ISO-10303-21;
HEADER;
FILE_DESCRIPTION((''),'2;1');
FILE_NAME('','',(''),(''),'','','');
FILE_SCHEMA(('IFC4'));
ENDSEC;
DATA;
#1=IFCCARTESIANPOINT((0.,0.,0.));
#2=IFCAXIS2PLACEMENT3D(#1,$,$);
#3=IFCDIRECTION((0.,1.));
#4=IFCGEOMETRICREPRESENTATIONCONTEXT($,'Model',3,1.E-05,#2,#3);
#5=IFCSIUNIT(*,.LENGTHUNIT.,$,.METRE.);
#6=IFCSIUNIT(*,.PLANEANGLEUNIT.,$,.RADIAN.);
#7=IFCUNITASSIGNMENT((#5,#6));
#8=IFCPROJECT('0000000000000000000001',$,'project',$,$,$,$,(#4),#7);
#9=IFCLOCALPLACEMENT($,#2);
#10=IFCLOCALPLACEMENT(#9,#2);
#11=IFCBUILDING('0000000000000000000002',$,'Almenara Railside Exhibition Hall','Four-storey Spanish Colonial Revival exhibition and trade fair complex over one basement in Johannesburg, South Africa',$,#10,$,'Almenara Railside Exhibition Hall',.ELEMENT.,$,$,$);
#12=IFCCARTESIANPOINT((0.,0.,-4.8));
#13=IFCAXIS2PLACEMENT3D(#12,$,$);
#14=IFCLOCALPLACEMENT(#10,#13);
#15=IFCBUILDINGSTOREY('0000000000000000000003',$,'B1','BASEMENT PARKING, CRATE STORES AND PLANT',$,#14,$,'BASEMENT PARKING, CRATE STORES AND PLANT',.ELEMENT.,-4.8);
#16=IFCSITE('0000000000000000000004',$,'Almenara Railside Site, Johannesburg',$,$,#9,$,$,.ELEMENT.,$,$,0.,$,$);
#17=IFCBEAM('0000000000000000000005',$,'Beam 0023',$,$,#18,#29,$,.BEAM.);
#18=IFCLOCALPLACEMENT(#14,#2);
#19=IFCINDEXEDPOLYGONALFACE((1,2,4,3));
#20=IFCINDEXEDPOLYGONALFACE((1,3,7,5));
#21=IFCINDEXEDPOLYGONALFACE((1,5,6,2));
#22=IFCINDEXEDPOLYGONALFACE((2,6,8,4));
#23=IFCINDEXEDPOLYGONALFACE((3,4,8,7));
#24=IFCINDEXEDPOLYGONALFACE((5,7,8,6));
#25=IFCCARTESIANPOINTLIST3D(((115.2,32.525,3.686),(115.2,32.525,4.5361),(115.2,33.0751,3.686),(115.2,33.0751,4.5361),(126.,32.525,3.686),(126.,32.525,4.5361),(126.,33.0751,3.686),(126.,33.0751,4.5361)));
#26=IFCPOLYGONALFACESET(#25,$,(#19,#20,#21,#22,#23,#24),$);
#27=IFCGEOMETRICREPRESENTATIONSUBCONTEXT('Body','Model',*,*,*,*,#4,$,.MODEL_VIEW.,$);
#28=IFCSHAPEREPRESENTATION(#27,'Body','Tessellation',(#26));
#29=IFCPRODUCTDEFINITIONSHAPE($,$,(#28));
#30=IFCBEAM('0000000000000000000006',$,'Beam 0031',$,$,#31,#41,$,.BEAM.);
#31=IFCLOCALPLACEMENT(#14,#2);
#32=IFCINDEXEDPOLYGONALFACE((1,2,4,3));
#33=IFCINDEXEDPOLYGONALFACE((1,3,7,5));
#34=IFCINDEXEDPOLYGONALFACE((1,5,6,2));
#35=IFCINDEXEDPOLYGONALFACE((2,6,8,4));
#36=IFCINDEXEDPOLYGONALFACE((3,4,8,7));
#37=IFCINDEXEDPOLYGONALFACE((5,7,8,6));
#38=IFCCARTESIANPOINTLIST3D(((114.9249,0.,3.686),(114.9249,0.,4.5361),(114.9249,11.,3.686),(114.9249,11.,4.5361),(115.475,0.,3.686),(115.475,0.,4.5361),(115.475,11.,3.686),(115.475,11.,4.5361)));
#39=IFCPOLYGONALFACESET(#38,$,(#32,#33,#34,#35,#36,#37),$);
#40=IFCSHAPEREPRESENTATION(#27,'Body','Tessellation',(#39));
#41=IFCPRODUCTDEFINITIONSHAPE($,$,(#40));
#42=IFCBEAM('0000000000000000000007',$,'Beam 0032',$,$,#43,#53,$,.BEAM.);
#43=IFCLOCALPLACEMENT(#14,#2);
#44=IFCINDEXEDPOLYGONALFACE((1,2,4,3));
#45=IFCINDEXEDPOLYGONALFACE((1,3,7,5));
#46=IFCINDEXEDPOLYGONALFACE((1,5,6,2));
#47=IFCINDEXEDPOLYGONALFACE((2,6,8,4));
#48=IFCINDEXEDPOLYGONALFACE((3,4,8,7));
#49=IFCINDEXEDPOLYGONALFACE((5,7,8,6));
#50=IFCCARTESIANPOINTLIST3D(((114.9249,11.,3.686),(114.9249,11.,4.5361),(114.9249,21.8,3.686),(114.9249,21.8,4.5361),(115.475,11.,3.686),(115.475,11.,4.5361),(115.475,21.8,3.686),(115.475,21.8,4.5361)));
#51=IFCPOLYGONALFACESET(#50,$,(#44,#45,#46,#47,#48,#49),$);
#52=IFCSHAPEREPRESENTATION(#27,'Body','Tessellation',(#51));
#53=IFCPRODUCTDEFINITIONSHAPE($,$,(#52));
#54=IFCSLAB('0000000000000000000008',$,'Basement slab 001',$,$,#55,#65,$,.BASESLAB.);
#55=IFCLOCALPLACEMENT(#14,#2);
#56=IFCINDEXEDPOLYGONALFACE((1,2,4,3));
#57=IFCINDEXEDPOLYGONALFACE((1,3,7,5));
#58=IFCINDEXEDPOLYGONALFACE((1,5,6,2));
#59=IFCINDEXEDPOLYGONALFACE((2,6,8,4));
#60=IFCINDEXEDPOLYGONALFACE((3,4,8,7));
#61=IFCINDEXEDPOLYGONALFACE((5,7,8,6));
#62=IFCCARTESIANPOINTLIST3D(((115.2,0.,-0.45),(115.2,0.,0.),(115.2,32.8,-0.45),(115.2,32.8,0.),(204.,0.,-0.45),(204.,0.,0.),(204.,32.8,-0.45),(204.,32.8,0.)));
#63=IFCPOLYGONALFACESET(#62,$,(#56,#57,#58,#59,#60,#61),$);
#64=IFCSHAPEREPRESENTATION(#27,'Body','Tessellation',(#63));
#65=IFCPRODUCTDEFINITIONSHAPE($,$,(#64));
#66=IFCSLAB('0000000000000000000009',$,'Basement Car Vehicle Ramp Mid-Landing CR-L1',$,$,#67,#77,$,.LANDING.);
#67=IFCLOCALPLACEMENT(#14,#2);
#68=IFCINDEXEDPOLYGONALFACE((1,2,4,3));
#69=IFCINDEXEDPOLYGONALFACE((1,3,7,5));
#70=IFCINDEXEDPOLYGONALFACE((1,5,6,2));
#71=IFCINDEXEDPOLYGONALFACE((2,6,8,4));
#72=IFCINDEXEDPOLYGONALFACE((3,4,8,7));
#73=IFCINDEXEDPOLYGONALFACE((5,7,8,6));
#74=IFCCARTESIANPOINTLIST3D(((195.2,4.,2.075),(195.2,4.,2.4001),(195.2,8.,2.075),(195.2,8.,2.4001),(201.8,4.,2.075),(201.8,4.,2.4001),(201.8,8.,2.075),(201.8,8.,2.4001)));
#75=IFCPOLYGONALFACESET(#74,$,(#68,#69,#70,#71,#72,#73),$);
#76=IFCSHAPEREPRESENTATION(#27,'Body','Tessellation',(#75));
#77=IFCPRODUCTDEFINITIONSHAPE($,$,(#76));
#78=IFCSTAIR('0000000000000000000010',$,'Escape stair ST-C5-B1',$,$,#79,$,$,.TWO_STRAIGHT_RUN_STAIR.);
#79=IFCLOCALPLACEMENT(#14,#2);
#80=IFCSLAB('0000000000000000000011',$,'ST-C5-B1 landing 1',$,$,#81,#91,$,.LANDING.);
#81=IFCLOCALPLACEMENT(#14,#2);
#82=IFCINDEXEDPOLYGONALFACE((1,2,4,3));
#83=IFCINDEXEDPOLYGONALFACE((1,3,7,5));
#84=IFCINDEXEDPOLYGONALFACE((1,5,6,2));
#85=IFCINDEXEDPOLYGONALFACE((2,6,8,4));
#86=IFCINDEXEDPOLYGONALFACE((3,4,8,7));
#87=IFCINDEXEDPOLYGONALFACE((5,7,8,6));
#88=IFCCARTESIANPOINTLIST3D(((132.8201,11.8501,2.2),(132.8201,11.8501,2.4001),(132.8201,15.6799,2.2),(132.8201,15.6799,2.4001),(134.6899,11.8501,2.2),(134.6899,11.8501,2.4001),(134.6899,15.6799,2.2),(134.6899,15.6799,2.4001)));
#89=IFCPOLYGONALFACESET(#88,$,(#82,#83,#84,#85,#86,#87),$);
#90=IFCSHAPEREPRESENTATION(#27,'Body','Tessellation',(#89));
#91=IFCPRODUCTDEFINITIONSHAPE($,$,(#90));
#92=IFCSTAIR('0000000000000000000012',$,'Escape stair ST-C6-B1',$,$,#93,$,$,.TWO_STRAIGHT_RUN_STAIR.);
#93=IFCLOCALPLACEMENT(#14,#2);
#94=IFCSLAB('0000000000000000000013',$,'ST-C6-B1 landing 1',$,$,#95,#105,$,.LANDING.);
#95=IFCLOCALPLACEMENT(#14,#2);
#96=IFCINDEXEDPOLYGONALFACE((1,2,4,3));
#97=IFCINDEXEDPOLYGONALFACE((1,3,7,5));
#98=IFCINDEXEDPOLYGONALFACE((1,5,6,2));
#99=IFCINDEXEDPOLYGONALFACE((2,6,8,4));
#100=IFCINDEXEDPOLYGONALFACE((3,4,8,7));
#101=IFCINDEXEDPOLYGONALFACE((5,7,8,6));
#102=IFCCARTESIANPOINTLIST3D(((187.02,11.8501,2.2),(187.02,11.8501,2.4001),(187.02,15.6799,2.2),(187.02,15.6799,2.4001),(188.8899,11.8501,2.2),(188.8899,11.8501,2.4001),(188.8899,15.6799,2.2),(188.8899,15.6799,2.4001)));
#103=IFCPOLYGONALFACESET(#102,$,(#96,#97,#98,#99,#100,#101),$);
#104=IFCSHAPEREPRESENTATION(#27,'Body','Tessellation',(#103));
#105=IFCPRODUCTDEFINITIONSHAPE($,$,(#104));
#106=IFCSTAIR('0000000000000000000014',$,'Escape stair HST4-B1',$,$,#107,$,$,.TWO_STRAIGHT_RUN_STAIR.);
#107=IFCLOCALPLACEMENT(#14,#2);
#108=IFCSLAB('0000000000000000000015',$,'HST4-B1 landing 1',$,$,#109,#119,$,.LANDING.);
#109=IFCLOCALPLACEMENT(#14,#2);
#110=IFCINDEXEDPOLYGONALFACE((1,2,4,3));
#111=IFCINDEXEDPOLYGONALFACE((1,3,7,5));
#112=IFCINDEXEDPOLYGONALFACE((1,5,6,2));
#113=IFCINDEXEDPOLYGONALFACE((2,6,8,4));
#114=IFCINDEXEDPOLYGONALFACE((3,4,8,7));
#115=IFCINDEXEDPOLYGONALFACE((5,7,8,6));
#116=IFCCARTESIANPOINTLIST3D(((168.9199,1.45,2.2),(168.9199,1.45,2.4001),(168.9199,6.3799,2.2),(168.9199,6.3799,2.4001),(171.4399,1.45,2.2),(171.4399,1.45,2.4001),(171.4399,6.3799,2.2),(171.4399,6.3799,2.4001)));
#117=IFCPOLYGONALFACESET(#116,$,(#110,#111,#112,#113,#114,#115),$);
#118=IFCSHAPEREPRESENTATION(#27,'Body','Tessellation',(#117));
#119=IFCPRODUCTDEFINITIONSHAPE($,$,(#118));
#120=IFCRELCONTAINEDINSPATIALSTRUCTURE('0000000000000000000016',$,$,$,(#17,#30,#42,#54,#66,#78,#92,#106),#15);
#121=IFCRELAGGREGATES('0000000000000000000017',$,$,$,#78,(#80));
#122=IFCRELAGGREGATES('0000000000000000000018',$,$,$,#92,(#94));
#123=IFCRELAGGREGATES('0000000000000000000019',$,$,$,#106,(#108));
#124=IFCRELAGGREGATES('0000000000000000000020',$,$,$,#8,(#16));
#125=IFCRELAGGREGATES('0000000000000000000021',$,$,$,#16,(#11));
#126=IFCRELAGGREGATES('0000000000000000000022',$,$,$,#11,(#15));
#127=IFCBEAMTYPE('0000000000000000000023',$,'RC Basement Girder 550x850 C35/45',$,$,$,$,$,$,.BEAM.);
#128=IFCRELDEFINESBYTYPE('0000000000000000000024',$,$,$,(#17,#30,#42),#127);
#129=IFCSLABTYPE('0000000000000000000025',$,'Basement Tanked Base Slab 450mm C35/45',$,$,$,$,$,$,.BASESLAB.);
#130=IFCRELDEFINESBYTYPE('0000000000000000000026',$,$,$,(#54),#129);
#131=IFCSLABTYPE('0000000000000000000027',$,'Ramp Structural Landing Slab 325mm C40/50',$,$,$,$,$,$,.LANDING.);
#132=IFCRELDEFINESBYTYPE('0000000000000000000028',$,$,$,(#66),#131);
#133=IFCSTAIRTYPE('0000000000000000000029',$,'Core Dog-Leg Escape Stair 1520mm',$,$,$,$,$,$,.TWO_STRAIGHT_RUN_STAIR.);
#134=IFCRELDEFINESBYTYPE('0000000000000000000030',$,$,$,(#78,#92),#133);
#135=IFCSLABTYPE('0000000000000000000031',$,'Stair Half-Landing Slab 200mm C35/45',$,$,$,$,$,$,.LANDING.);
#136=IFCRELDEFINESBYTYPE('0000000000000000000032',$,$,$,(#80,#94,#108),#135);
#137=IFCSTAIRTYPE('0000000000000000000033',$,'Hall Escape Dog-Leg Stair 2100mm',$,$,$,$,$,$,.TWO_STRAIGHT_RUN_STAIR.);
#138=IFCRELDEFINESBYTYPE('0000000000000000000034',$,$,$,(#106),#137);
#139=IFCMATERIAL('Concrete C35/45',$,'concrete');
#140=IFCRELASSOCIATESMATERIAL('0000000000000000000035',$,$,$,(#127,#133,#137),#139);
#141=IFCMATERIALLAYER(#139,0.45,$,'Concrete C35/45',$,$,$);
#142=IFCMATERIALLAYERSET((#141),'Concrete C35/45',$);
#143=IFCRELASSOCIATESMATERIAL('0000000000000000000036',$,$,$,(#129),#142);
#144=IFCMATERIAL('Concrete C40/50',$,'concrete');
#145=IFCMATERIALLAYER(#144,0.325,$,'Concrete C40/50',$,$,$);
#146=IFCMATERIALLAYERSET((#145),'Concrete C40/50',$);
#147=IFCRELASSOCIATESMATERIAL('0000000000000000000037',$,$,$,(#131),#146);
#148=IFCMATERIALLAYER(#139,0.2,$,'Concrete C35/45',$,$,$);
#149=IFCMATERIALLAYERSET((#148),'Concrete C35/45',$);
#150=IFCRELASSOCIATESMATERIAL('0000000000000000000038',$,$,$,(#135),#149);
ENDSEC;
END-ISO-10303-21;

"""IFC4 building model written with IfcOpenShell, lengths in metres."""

from ifc_helpers import new_model, si_unit, direction, frame, origin, origin_2d, place, context, subcontext, project, spatial, polyline, rectangle, outline, extrude, material, layer, layer_set, material_profile, profile_set, type_object, element, aggregate, save


model = new_model("IFC4")

# Units and contexts
model_context = context("Model", 3, precision=1e-05, world=origin(), true_north=direction((0.0, 1.0)))
body_context = subcontext(model_context, "Body", "Model", "MODEL_VIEW")
ifc_project = project(units=[si_unit("LENGTHUNIT", "METRE"), si_unit("PLANEANGLEUNIT", "RADIAN")], contexts=[model_context])

# Site, building, storey
site_placement = place(None, origin())
site = spatial("IfcSite", under=ifc_project, at=site_placement, Name="Almenara Railside Site, Johannesburg", CompositionType="ELEMENT", RefElevation=0.0)
building_placement = place(site_placement, origin())
building = spatial("IfcBuilding", under=site, at=building_placement, Name="Almenara Railside Exhibition Hall", Description="Four-storey Spanish Colonial Revival exhibition and trade fair complex over one basement in Johannesburg, South Africa", LongName="Almenara Railside Exhibition Hall", CompositionType="ELEMENT")
storey_placement = place(building_placement, frame((0.0, 0.0, -4.8)))
storey = spatial("IfcBuildingStorey", under=building, at=storey_placement, Name="B1", Description="BASEMENT PARKING, CRATE STORES AND PLANT", LongName="BASEMENT PARKING, CRATE STORES AND PLANT", CompositionType="ELEMENT", Elevation=-4.8)

# Shared definitions
ifc_material_1 = material(Name="Concrete C40/50", Category="concrete")

# Beams
ifc_material_2 = material(Name="Concrete C35/45", Category="concrete")
ifc_material_profile_1 = material_profile(ifc_material_2, rectangle(XDim=0.55, YDim=0.8501, at=origin_2d()), Name="RC 550x850")
ifc_profile_set_1 = profile_set([ifc_material_profile_1], Name="Concrete C35/45")
beam_type = type_object("IfcBeamType", Name="RC Basement Girder 550x850 C35/45", PredefinedType="BEAM", material=ifc_profile_set_1)
for number, where, z_axis, x_axis, name in (
    (1, (115.2, 32.8, 4.1111), (1.0, 0.0, 0.0), (0.0, 1.0, 0.0), "Beam 0023"),
):
    element("IfcBeam", number, at=place(storey_placement, frame(where, z_axis=z_axis, x_axis=x_axis)), inside=storey, type_object=beam_type, Name=name, PredefinedType="BEAM", context=body_context, shape_type="SweptSolid", body=[
        extrude(rectangle(XDim=0.55, YDim=0.8501, at=origin_2d()), origin(), (0.0, 0.0, 1.0), 10.8),
    ])
beam_1_placement = place(storey_placement, frame((115.2, 0.0, 4.1111), z_axis=(0.0, 1.0, 0.0), x_axis=(-1.0, 0.0, 0.0)))
element("IfcBeam", 2, at=beam_1_placement, inside=storey, type_object=beam_type, Name="Beam 0031", PredefinedType="BEAM", context=body_context, shape_type="SweptSolid", body=[
    extrude(rectangle(XDim=0.55, YDim=0.8501, at=origin_2d()), origin(), (0.0, 0.0, 1.0), 11.0),
])
beam_2_placement = place(storey_placement, frame((115.2, 11.0, 4.1111), z_axis=(0.0, 1.0, 0.0), x_axis=(-1.0, 0.0, 0.0)))
element("IfcBeam", 3, at=beam_2_placement, inside=storey, type_object=beam_type, Name="Beam 0032", PredefinedType="BEAM", context=body_context, shape_type="SweptSolid", body=[
    extrude(rectangle(XDim=0.55, YDim=0.8501, at=origin_2d()), origin(), (0.0, 0.0, 1.0), 10.8),
])

# Slabs
ifc_layer_1 = layer(ifc_material_2, 0.45, Name="Concrete C35/45")
ifc_layer_set_1 = layer_set([ifc_layer_1], Name="Concrete C35/45")
slab_type_1 = type_object("IfcSlabType", Name="Basement Tanked Base Slab 450mm C35/45", PredefinedType="BASESLAB", material=ifc_layer_set_1)
slab_1_placement = place(storey_placement, frame((0.0, 0.0, -0.45)))
element("IfcSlab", 4, at=slab_1_placement, inside=storey, type_object=slab_type_1, Name="Basement slab 001", PredefinedType="BASESLAB", context=body_context, shape_type="SweptSolid", body=[
    extrude(outline(polyline([(115.2, 0.0), (204.0, 0.0), (204.0, 32.8), (115.2, 32.8), (115.2, 0.0)])), origin(), (0.0, 0.0, 1.0), 0.45),
])
ifc_layer_2 = layer(ifc_material_1, 0.325, Name="Concrete C40/50")
ifc_layer_set_2 = layer_set([ifc_layer_2], Name="Concrete C40/50")
slab_type_2 = type_object("IfcSlabType", Name="Ramp Structural Landing Slab 325mm C40/50", PredefinedType="LANDING", material=ifc_layer_set_2)
slab_2_placement = place(storey_placement, frame((0.0, 0.0, 2.075)))
element("IfcSlab", 5, at=slab_2_placement, inside=storey, type_object=slab_type_2, Name="Basement Car Vehicle Ramp Mid-Landing CR-L1", PredefinedType="LANDING", context=body_context, shape_type="SweptSolid", body=[
    extrude(outline(polyline([(195.2, 4.0), (201.8, 4.0), (201.8, 8.0), (195.2, 8.0), (195.2, 4.0)])), origin(), (0.0, 0.0, 1.0), 0.3252),
])

# Stairs, slabs
stair_type_1 = type_object("IfcStairType", Name="Core Dog-Leg Escape Stair 1520mm", PredefinedType="TWO_STRAIGHT_RUN_STAIR", material=ifc_material_2)
stair_1_placement = place(storey_placement, origin())
stair_1 = element("IfcStair", 6, at=stair_1_placement, inside=storey, type_object=stair_type_1, Name="Escape stair ST-C5-B1", PredefinedType="TWO_STRAIGHT_RUN_STAIR")
ifc_layer_3 = layer(ifc_material_2, 0.2, Name="Concrete C35/45")
ifc_layer_set_3 = layer_set([ifc_layer_3], Name="Concrete C35/45")
slab_type_3 = type_object("IfcSlabType", Name="Stair Half-Landing Slab 200mm C35/45", PredefinedType="LANDING", material=ifc_layer_set_3)
slab_3_placement = place(storey_placement, frame((0.0, 0.0, 2.2)))
slab_3 = element("IfcSlab", 7, at=slab_3_placement, type_object=slab_type_3, Name="ST-C5-B1 landing 1", PredefinedType="LANDING", context=body_context, shape_type="SweptSolid", body=[
    extrude(outline(polyline([(132.8201, 11.8501), (134.6899, 11.8501), (134.6899, 15.6799), (132.8201, 15.6799), (132.8201, 11.8501)])), origin(), (0.0, 0.0, 1.0), 0.2002),
])
aggregate(stair_1, [slab_3])
stair_2_placement = place(storey_placement, origin())
stair_2 = element("IfcStair", 8, at=stair_2_placement, inside=storey, type_object=stair_type_1, Name="Escape stair ST-C6-B1", PredefinedType="TWO_STRAIGHT_RUN_STAIR")
slab_4_placement = place(storey_placement, frame((0.0, 0.0, 2.2)))
slab_4 = element("IfcSlab", 9, at=slab_4_placement, type_object=slab_type_3, Name="ST-C6-B1 landing 1", PredefinedType="LANDING", context=body_context, shape_type="SweptSolid", body=[
    extrude(outline(polyline([(187.02, 11.8501), (188.8899, 11.8501), (188.8899, 15.6799), (187.02, 15.6799), (187.02, 11.8501)])), origin(), (0.0, 0.0, 1.0), 0.2002),
])
aggregate(stair_2, [slab_4])
stair_type_2 = type_object("IfcStairType", Name="Hall Escape Dog-Leg Stair 2100mm", PredefinedType="TWO_STRAIGHT_RUN_STAIR", material=ifc_material_2)
stair_3_placement = place(storey_placement, origin())
stair_3 = element("IfcStair", 10, at=stair_3_placement, inside=storey, type_object=stair_type_2, Name="Escape stair HST4-B1", PredefinedType="TWO_STRAIGHT_RUN_STAIR")
slab_5_placement = place(storey_placement, frame((0.0, 0.0, 2.2)))
slab_5 = element("IfcSlab", 11, at=slab_5_placement, type_object=slab_type_3, Name="HST4-B1 landing 1", PredefinedType="LANDING", context=body_context, shape_type="SweptSolid", body=[
    extrude(outline(polyline([(168.9199, 1.45), (171.4399, 1.45), (171.4399, 6.3799), (168.9199, 6.3799), (168.9199, 1.45)])), origin(), (0.0, 0.0, 1.0), 0.2002),
])
aggregate(stair_3, [slab_5])

save(model, "model.ifc")
